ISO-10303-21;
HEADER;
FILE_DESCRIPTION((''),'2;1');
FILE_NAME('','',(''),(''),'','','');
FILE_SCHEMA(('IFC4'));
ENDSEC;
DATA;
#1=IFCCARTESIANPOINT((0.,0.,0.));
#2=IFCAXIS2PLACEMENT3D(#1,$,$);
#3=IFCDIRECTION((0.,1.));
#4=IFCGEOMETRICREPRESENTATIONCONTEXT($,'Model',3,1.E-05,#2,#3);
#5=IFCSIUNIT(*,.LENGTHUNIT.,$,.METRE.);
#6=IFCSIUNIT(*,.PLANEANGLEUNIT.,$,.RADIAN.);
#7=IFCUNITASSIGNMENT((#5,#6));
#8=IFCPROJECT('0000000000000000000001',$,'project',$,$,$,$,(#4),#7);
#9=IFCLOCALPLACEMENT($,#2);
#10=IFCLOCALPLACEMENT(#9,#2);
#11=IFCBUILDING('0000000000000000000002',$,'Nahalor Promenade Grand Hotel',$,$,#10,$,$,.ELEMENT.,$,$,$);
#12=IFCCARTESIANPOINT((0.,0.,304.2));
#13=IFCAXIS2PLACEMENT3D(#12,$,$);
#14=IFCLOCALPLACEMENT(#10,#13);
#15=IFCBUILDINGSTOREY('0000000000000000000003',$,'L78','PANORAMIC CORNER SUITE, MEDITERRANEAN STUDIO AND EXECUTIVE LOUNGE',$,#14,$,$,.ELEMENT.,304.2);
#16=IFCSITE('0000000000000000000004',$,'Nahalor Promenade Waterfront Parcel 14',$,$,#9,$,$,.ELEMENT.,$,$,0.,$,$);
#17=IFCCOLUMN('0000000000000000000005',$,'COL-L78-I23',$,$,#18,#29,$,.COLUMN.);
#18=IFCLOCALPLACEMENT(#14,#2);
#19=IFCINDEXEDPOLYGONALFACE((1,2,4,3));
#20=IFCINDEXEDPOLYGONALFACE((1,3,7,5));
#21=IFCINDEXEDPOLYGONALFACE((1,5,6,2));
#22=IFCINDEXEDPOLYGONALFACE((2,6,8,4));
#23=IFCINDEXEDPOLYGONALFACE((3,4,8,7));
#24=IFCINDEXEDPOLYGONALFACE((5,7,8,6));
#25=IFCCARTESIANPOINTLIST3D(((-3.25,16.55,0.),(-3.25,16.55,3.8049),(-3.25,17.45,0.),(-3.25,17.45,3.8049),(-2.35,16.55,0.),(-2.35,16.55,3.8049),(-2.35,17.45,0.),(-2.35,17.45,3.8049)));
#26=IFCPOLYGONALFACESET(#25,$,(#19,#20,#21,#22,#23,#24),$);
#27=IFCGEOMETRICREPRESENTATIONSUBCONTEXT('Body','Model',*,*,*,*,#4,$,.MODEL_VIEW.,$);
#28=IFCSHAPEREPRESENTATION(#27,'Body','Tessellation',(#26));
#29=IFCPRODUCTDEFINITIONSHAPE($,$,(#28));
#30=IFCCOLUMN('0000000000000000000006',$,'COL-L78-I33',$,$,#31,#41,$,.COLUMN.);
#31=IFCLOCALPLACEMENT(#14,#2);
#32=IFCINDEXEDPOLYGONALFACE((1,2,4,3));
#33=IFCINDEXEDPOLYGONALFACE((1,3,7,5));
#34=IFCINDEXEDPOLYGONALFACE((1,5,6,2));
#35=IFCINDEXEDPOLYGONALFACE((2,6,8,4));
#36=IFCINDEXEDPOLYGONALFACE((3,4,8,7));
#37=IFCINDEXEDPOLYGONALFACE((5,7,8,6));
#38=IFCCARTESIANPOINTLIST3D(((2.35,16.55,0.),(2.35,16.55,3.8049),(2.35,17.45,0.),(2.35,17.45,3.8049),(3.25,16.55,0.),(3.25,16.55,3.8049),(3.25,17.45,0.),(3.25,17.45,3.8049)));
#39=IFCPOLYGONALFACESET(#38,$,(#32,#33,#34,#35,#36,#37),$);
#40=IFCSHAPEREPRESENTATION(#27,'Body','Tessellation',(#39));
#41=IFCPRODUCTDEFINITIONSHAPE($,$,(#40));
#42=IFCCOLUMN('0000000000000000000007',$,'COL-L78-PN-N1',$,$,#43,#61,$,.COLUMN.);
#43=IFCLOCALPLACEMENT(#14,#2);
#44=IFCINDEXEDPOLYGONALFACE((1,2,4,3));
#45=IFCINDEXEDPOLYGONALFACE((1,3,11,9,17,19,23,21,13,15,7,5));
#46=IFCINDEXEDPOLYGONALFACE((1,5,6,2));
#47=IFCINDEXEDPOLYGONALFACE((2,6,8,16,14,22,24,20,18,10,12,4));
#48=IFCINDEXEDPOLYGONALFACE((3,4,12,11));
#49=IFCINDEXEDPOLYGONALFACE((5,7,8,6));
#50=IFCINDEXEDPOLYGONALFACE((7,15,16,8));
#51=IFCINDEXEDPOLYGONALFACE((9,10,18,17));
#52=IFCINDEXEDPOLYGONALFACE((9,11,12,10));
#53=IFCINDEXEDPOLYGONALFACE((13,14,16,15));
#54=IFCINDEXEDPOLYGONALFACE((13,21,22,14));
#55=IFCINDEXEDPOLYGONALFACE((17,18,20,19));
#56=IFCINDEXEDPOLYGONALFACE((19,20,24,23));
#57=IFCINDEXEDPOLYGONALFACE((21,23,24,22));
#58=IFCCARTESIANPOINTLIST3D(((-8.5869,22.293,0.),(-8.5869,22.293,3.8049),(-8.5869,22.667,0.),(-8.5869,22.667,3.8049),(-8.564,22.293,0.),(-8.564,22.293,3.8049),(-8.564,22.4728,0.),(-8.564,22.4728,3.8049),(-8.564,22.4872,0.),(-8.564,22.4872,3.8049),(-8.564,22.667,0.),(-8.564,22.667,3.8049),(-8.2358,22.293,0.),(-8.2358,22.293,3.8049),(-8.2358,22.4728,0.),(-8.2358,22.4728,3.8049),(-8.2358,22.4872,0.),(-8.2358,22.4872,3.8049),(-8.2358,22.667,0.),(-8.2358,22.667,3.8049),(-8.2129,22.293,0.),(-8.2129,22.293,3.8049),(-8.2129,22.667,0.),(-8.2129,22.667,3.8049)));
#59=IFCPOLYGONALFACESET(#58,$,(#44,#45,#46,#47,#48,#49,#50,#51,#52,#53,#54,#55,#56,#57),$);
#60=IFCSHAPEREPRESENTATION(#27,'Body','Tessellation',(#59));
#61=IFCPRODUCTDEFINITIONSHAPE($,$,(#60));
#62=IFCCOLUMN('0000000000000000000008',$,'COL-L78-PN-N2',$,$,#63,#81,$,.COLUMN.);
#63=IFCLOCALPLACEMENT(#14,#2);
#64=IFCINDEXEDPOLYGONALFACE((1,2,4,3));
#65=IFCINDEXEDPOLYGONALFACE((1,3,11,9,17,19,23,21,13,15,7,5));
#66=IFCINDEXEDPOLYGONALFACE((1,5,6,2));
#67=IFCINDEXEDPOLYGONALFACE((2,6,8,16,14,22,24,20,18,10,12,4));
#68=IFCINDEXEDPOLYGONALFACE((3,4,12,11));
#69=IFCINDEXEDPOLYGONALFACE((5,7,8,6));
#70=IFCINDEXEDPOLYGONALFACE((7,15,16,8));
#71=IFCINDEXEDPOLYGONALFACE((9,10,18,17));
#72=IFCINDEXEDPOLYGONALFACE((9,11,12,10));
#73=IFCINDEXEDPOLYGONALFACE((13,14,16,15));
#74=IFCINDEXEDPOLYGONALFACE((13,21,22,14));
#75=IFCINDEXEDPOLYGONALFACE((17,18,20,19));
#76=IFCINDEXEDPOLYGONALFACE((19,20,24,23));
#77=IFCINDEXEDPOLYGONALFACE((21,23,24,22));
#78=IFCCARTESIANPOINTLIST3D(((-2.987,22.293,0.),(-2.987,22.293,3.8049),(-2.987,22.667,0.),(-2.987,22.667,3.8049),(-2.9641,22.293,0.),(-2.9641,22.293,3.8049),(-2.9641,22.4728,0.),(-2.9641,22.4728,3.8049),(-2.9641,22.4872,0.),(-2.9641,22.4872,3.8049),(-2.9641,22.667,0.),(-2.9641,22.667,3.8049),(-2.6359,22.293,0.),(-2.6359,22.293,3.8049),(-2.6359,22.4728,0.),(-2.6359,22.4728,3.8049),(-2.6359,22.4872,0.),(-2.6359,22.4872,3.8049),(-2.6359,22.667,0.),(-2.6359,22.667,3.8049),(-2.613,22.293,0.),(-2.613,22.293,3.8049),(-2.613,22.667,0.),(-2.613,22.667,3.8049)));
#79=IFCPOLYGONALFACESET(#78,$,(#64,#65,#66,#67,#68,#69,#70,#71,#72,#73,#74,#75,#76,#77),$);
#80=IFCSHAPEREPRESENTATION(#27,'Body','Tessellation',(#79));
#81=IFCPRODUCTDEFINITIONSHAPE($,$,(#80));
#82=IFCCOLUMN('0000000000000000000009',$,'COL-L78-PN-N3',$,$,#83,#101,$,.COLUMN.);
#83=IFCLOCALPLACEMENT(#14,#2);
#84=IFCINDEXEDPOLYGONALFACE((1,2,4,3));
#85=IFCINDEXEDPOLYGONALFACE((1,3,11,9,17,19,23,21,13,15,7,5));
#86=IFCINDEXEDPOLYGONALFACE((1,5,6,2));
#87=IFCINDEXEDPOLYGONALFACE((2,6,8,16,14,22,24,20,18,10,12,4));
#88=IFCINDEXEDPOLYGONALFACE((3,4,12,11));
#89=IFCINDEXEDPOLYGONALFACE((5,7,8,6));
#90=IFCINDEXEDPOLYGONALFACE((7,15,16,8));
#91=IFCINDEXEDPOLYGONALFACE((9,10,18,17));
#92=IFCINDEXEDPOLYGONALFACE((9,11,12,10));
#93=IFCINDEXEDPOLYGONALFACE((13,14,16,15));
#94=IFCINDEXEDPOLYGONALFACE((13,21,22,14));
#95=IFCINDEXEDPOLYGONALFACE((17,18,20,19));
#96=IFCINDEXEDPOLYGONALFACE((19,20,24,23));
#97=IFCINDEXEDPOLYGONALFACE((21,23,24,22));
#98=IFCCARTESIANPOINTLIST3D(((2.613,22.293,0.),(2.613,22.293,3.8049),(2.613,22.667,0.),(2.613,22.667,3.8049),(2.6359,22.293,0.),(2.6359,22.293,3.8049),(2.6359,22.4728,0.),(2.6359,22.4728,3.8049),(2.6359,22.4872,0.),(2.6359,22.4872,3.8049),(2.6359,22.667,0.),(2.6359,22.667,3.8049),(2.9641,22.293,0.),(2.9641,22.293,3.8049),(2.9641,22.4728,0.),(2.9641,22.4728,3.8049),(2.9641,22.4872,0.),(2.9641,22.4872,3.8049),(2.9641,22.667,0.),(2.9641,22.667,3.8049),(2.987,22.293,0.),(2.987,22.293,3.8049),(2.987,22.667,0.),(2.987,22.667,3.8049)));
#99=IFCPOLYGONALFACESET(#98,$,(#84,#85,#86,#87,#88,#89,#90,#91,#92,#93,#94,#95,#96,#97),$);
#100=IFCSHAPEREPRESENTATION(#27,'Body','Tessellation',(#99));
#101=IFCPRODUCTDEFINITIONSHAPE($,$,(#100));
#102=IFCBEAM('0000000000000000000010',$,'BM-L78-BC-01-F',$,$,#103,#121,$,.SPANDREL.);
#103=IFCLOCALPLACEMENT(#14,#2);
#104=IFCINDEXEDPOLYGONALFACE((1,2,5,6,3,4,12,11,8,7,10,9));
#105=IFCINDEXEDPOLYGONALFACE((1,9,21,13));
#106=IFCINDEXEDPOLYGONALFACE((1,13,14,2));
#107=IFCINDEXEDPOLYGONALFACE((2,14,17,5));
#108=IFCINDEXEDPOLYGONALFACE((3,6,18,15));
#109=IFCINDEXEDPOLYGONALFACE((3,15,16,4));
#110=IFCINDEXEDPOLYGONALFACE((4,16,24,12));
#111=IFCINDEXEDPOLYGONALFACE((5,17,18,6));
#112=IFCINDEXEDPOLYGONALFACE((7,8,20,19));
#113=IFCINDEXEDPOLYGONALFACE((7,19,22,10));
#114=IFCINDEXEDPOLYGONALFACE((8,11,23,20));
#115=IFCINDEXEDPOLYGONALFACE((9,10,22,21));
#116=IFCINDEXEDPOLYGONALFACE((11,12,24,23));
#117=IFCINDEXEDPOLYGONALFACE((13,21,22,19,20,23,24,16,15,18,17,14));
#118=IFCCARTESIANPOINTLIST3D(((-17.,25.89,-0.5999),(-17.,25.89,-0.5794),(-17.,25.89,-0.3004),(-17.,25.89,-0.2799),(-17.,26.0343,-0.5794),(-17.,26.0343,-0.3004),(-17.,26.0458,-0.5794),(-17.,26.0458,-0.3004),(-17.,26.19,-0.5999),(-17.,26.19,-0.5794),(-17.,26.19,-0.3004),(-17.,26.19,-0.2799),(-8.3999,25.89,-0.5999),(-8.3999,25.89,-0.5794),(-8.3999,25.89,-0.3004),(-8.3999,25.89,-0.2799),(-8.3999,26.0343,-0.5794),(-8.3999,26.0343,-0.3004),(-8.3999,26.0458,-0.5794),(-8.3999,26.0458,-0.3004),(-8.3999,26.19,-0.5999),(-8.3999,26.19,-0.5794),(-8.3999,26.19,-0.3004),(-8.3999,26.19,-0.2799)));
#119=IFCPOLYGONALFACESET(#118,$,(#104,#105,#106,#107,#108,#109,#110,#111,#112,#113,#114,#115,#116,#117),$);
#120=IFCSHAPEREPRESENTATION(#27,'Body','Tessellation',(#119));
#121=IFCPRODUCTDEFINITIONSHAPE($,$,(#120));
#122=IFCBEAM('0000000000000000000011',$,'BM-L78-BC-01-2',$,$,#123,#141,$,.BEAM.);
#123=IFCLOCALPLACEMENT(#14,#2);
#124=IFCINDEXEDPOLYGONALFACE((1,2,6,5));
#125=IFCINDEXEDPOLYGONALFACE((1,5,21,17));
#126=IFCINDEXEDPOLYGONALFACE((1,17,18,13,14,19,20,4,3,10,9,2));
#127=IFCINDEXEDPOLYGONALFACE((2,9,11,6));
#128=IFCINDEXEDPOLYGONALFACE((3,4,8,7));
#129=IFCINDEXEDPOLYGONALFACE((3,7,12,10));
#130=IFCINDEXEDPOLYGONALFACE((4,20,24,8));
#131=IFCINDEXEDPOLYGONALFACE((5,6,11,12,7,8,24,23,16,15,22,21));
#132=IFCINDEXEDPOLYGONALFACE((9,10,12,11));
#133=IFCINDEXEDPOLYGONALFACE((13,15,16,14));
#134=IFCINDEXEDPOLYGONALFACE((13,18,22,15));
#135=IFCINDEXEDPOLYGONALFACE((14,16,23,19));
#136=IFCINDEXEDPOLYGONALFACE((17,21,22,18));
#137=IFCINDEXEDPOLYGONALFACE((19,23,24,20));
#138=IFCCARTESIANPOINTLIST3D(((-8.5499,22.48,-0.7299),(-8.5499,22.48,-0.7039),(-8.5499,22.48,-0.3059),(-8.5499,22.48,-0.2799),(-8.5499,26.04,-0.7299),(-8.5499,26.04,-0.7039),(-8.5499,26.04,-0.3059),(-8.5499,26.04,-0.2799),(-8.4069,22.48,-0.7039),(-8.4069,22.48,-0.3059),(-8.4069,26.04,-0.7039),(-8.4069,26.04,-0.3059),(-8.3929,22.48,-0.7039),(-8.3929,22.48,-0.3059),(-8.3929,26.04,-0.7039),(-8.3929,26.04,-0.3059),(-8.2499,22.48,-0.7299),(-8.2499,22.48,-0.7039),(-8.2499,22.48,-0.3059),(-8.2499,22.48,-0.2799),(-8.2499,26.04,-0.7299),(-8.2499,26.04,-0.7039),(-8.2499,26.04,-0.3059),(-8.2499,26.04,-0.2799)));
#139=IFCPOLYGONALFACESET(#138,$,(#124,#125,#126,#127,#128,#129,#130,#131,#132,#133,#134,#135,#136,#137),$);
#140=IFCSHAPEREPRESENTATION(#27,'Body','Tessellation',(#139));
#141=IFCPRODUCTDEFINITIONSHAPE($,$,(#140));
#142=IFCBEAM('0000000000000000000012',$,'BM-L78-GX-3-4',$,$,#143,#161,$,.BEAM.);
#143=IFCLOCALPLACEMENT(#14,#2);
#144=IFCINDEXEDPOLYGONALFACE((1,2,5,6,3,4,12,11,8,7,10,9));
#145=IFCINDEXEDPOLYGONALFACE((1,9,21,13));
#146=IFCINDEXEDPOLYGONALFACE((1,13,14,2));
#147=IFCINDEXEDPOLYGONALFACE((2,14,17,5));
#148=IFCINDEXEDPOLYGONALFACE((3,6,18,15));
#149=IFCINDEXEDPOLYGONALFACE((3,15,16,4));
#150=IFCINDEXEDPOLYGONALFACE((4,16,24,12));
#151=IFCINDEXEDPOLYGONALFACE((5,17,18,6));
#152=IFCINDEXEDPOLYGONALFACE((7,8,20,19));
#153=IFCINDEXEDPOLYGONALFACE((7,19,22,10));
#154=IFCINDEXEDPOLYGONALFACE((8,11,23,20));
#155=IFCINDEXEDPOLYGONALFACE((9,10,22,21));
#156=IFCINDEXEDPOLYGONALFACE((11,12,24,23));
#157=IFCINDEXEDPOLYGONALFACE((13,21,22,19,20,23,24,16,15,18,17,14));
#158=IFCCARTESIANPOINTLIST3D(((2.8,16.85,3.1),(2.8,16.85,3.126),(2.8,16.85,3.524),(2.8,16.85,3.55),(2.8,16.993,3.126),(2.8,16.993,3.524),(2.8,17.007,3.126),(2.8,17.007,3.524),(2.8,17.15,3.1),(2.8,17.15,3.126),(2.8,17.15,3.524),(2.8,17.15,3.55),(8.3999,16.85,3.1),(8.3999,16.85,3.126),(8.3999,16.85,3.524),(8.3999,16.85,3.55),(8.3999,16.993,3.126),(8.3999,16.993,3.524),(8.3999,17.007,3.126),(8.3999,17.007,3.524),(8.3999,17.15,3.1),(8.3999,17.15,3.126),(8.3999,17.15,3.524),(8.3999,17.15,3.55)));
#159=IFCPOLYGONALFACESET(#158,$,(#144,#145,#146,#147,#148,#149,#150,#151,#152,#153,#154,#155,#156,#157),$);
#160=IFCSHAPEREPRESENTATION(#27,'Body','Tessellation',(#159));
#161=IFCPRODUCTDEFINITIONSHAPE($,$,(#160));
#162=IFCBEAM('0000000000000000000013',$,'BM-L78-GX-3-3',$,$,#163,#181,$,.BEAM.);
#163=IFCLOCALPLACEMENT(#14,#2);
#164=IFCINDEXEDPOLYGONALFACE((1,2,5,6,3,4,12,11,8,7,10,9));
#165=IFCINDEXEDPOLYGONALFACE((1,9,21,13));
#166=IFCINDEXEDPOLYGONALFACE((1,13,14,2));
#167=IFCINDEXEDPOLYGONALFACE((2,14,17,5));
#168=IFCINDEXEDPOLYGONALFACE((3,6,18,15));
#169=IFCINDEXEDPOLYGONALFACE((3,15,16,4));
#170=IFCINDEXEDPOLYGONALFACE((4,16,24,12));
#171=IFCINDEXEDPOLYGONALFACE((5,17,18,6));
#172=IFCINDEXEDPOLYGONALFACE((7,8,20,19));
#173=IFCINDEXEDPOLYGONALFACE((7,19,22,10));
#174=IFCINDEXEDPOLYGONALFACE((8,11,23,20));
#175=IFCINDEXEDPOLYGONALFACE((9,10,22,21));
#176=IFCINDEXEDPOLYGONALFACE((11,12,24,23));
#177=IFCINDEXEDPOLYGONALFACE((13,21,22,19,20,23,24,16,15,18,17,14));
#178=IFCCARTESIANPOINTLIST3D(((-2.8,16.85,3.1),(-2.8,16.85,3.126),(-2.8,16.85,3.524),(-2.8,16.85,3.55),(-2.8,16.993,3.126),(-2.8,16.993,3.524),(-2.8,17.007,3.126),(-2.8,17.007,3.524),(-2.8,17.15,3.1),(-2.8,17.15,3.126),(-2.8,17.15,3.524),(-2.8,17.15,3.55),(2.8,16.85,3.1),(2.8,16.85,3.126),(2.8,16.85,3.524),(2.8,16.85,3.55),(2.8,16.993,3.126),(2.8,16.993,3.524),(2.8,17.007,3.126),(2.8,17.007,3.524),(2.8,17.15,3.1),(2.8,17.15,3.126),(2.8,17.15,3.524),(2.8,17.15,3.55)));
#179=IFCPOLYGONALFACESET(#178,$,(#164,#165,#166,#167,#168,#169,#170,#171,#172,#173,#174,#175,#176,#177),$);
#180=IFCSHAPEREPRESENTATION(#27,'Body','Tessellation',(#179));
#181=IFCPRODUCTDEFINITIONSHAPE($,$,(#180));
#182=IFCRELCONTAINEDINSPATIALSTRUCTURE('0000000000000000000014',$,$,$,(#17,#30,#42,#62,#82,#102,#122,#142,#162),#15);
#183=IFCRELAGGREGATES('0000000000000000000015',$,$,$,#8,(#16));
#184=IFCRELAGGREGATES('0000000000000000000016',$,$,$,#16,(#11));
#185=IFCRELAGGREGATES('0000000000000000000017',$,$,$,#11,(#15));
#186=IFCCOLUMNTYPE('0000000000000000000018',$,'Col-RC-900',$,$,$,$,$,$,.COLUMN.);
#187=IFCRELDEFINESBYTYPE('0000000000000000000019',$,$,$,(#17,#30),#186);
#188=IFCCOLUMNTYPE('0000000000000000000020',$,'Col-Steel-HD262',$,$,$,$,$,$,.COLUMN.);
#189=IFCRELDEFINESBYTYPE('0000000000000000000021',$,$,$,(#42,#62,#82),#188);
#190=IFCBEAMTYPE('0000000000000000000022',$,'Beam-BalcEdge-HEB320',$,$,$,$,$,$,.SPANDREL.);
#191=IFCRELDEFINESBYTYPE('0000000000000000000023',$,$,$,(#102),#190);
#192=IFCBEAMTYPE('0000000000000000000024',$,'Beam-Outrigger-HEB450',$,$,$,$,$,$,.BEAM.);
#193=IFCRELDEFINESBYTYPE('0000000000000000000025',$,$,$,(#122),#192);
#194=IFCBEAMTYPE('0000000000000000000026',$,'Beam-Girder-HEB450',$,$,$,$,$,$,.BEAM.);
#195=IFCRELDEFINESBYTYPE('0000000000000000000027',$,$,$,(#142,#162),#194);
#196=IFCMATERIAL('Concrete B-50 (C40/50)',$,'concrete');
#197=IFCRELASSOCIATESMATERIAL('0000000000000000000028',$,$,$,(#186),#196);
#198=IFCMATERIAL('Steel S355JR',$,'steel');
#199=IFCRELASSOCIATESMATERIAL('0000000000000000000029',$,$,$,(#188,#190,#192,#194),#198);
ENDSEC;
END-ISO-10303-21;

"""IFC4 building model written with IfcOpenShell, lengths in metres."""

from ifc_helpers import new_model, si_unit, direction, frame, origin, origin_2d, place, context, subcontext, project, spatial, rectangle, i_section, extrude, source, transform, mapped, material, material_profile, profile_set, type_object, element, save


model = new_model("IFC4")

# Units and contexts
model_context = context("Model", 3, precision=1e-05, world=origin(), true_north=direction((0.0, 1.0)))
body_context = subcontext(model_context, "Body", "Model", "MODEL_VIEW")
ifc_project = project(units=[si_unit("LENGTHUNIT", "METRE"), si_unit("PLANEANGLEUNIT", "RADIAN")], contexts=[model_context])

# Site, building, storey
site_placement = place(None, origin())
site = spatial("IfcSite", under=ifc_project, at=site_placement, Name="Nahalor Promenade Waterfront Parcel 14", CompositionType="ELEMENT", RefElevation=0.0)
building_placement = place(site_placement, origin())
building = spatial("IfcBuilding", under=site, at=building_placement, Name="Nahalor Promenade Grand Hotel", CompositionType="ELEMENT")
storey_placement = place(building_placement, frame((0.0, 0.0, 304.2)))
storey = spatial("IfcBuildingStorey", under=building, at=storey_placement, Name="L78", Description="PANORAMIC CORNER SUITE, MEDITERRANEAN STUDIO AND EXECUTIVE LOUNGE", CompositionType="ELEMENT", Elevation=304.2)

# Columns
ifc_material_1 = material(Name="Concrete B-50 (C40/50)", Category="concrete")
ifc_material_profile_1 = material_profile(ifc_material_1, rectangle(XDim=0.9, YDim=0.9, at=origin_2d()), Name="RC 900x900")
ifc_profile_set_1 = profile_set([ifc_material_profile_1], Name="Concrete B-50 (C40/50)")
column_type_1 = type_object("IfcColumnType", Name="Col-RC-900", PredefinedType="COLUMN", material=ifc_profile_set_1)
shared_shape_1 = source(origin(), body_context, "Body", "SweptSolid", [
    extrude(rectangle(XDim=0.9, YDim=0.9, at=origin_2d()), origin(), (0.0, 0.0, 1.0), 3.8049),
])
for number, where, z_axis, x_axis, name in (
    (1, (-2.8, 17.0, 0.0), (0.0, 0.0, 1.0), (1.0, 0.0, 0.0), "COL-L78-I23"),
    (2, (2.8, 17.0, 0.0), (0.0, 0.0, 1.0), (1.0, 0.0, 0.0), "COL-L78-I33"),
):
    element("IfcColumn", number, at=place(storey_placement, frame(where, z_axis=z_axis, x_axis=x_axis)), inside=storey, type_object=column_type_1, Name=name, PredefinedType="COLUMN", context=body_context, shape_type="MappedRepresentation", body=[
        mapped(shared_shape_1, transform((0.0, 0.0, 0.0), scale=1.0)),
    ])
ifc_material_2 = material(Name="Steel S355JR", Category="steel")
ifc_material_profile_2 = material_profile(ifc_material_2, i_section(OverallWidth=0.374, OverallDepth=0.374, WebThickness=0.0144, FlangeThickness=0.0229, at=origin_2d()), Name="HD 360x262")
ifc_profile_set_2 = profile_set([ifc_material_profile_2], Name="Steel S355JR")
column_type_2 = type_object("IfcColumnType", Name="Col-Steel-HD262", PredefinedType="COLUMN", material=ifc_profile_set_2)
shared_shape_2 = source(origin(), body_context, "Body", "SweptSolid", [
    extrude(i_section(OverallWidth=0.374, OverallDepth=0.374, WebThickness=0.0144, FlangeThickness=0.0229, at=origin_2d()), origin(), (0.0, 0.0, 1.0), 3.8049),
])
for number, where, z_axis, x_axis, name in (
    (3, (-8.3999, 22.48, 0.0), (0.0, 0.0, 1.0), (0.0, 1.0, 0.0), "COL-L78-PN-N1"),
    (4, (-2.8, 22.48, 0.0), (0.0, 0.0, 1.0), (0.0, 1.0, 0.0), "COL-L78-PN-N2"),
    (5, (2.8, 22.48, 0.0), (0.0, 0.0, 1.0), (0.0, 1.0, 0.0), "COL-L78-PN-N3"),
):
    element("IfcColumn", number, at=place(storey_placement, frame(where, z_axis=z_axis, x_axis=x_axis)), inside=storey, type_object=column_type_2, Name=name, PredefinedType="COLUMN", context=body_context, shape_type="MappedRepresentation", body=[
        mapped(shared_shape_2, transform((0.0, 0.0, 0.0), scale=1.0)),
    ])

# Beams
ifc_material_profile_3 = material_profile(ifc_material_2, i_section(OverallWidth=0.3, OverallDepth=0.32, WebThickness=0.0115, FlangeThickness=0.0205, at=origin_2d()), Name="HEB 320")
ifc_profile_set_3 = profile_set([ifc_material_profile_3], Name="Steel S355JR")
beam_type_1 = type_object("IfcBeamType", Name="Beam-BalcEdge-HEB320", PredefinedType="SPANDREL", material=ifc_profile_set_3)
shared_shape_3 = source(origin(), body_context, "Body", "SweptSolid", [
    extrude(i_section(OverallWidth=0.3, OverallDepth=0.32, WebThickness=0.0115, FlangeThickness=0.0205, at=origin_2d()), origin(), (0.0, 0.0, 1.0), 8.6001),
])
beam_1_placement = place(storey_placement, frame((-17.0, 26.04, -0.4399), z_axis=(1.0, 0.0, 0.0), x_axis=(0.0, 1.0, 0.0)))
element("IfcBeam", 6, at=beam_1_placement, inside=storey, type_object=beam_type_1, Name="BM-L78-BC-01-F", PredefinedType="SPANDREL", context=body_context, shape_type="MappedRepresentation", body=[
    mapped(shared_shape_3, transform((0.0, 0.0, 0.0), scale=1.0)),
])
ifc_material_profile_4 = material_profile(ifc_material_2, i_section(OverallWidth=0.3, OverallDepth=0.45, WebThickness=0.014, FlangeThickness=0.026, at=origin_2d()), Name="HEB 450")
ifc_profile_set_4 = profile_set([ifc_material_profile_4], Name="Steel S355JR")
beam_type_2 = type_object("IfcBeamType", Name="Beam-Outrigger-HEB450", PredefinedType="BEAM", material=ifc_profile_set_4)
shared_shape_4 = source(origin(), body_context, "Body", "SweptSolid", [
    extrude(i_section(OverallWidth=0.3, OverallDepth=0.45, WebThickness=0.014, FlangeThickness=0.026, at=origin_2d()), origin(), (0.0, 0.0, 1.0), 3.5601),
])
beam_2_placement = place(storey_placement, frame((-8.3999, 22.48, -0.5049), z_axis=(0.0, 1.0, 0.0), x_axis=(-1.0, 0.0, 0.0)))
element("IfcBeam", 7, at=beam_2_placement, inside=storey, type_object=beam_type_2, Name="BM-L78-BC-01-2", PredefinedType="BEAM", context=body_context, shape_type="MappedRepresentation", body=[
    mapped(shared_shape_4, transform((0.0, 0.0, 0.0), scale=1.0)),
])
ifc_material_profile_5 = material_profile(ifc_material_2, i_section(OverallWidth=0.3, OverallDepth=0.45, WebThickness=0.014, FlangeThickness=0.026, at=origin_2d()), Name="HEB 450")
ifc_profile_set_5 = profile_set([ifc_material_profile_5], Name="Steel S355JR")
beam_type_3 = type_object("IfcBeamType", Name="Beam-Girder-HEB450", PredefinedType="BEAM", material=ifc_profile_set_5)
shared_shape_5 = source(origin(), body_context, "Body", "SweptSolid", [
    extrude(i_section(OverallWidth=0.3, OverallDepth=0.45, WebThickness=0.014, FlangeThickness=0.026, at=origin_2d()), origin(), (0.0, 0.0, 1.0), 5.5999),
])
beam_3_placement = place(storey_placement, frame((2.8, 17.0, 3.325), z_axis=(1.0, 0.0, 0.0), x_axis=(0.0, 1.0, 0.0)))
element("IfcBeam", 8, at=beam_3_placement, inside=storey, type_object=beam_type_3, Name="BM-L78-GX-3-4", PredefinedType="BEAM", context=body_context, shape_type="MappedRepresentation", body=[
    mapped(shared_shape_5, transform((0.0, 0.0, 0.0), scale=1.0)),
])
shared_shape_6 = source(origin(), body_context, "Body", "SweptSolid", [
    extrude(i_section(OverallWidth=0.3, OverallDepth=0.45, WebThickness=0.014, FlangeThickness=0.026, at=origin_2d()), origin(), (0.0, 0.0, 1.0), 5.6001),
])
beam_4_placement = place(storey_placement, frame((-2.8, 17.0, 3.325), z_axis=(1.0, 0.0, 0.0), x_axis=(0.0, 1.0, 0.0)))
element("IfcBeam", 9, at=beam_4_placement, inside=storey, type_object=beam_type_3, Name="BM-L78-GX-3-3", PredefinedType="BEAM", context=body_context, shape_type="MappedRepresentation", body=[
    mapped(shared_shape_6, transform((0.0, 0.0, 0.0), scale=1.0)),
])

save(model, "model.ifc")
